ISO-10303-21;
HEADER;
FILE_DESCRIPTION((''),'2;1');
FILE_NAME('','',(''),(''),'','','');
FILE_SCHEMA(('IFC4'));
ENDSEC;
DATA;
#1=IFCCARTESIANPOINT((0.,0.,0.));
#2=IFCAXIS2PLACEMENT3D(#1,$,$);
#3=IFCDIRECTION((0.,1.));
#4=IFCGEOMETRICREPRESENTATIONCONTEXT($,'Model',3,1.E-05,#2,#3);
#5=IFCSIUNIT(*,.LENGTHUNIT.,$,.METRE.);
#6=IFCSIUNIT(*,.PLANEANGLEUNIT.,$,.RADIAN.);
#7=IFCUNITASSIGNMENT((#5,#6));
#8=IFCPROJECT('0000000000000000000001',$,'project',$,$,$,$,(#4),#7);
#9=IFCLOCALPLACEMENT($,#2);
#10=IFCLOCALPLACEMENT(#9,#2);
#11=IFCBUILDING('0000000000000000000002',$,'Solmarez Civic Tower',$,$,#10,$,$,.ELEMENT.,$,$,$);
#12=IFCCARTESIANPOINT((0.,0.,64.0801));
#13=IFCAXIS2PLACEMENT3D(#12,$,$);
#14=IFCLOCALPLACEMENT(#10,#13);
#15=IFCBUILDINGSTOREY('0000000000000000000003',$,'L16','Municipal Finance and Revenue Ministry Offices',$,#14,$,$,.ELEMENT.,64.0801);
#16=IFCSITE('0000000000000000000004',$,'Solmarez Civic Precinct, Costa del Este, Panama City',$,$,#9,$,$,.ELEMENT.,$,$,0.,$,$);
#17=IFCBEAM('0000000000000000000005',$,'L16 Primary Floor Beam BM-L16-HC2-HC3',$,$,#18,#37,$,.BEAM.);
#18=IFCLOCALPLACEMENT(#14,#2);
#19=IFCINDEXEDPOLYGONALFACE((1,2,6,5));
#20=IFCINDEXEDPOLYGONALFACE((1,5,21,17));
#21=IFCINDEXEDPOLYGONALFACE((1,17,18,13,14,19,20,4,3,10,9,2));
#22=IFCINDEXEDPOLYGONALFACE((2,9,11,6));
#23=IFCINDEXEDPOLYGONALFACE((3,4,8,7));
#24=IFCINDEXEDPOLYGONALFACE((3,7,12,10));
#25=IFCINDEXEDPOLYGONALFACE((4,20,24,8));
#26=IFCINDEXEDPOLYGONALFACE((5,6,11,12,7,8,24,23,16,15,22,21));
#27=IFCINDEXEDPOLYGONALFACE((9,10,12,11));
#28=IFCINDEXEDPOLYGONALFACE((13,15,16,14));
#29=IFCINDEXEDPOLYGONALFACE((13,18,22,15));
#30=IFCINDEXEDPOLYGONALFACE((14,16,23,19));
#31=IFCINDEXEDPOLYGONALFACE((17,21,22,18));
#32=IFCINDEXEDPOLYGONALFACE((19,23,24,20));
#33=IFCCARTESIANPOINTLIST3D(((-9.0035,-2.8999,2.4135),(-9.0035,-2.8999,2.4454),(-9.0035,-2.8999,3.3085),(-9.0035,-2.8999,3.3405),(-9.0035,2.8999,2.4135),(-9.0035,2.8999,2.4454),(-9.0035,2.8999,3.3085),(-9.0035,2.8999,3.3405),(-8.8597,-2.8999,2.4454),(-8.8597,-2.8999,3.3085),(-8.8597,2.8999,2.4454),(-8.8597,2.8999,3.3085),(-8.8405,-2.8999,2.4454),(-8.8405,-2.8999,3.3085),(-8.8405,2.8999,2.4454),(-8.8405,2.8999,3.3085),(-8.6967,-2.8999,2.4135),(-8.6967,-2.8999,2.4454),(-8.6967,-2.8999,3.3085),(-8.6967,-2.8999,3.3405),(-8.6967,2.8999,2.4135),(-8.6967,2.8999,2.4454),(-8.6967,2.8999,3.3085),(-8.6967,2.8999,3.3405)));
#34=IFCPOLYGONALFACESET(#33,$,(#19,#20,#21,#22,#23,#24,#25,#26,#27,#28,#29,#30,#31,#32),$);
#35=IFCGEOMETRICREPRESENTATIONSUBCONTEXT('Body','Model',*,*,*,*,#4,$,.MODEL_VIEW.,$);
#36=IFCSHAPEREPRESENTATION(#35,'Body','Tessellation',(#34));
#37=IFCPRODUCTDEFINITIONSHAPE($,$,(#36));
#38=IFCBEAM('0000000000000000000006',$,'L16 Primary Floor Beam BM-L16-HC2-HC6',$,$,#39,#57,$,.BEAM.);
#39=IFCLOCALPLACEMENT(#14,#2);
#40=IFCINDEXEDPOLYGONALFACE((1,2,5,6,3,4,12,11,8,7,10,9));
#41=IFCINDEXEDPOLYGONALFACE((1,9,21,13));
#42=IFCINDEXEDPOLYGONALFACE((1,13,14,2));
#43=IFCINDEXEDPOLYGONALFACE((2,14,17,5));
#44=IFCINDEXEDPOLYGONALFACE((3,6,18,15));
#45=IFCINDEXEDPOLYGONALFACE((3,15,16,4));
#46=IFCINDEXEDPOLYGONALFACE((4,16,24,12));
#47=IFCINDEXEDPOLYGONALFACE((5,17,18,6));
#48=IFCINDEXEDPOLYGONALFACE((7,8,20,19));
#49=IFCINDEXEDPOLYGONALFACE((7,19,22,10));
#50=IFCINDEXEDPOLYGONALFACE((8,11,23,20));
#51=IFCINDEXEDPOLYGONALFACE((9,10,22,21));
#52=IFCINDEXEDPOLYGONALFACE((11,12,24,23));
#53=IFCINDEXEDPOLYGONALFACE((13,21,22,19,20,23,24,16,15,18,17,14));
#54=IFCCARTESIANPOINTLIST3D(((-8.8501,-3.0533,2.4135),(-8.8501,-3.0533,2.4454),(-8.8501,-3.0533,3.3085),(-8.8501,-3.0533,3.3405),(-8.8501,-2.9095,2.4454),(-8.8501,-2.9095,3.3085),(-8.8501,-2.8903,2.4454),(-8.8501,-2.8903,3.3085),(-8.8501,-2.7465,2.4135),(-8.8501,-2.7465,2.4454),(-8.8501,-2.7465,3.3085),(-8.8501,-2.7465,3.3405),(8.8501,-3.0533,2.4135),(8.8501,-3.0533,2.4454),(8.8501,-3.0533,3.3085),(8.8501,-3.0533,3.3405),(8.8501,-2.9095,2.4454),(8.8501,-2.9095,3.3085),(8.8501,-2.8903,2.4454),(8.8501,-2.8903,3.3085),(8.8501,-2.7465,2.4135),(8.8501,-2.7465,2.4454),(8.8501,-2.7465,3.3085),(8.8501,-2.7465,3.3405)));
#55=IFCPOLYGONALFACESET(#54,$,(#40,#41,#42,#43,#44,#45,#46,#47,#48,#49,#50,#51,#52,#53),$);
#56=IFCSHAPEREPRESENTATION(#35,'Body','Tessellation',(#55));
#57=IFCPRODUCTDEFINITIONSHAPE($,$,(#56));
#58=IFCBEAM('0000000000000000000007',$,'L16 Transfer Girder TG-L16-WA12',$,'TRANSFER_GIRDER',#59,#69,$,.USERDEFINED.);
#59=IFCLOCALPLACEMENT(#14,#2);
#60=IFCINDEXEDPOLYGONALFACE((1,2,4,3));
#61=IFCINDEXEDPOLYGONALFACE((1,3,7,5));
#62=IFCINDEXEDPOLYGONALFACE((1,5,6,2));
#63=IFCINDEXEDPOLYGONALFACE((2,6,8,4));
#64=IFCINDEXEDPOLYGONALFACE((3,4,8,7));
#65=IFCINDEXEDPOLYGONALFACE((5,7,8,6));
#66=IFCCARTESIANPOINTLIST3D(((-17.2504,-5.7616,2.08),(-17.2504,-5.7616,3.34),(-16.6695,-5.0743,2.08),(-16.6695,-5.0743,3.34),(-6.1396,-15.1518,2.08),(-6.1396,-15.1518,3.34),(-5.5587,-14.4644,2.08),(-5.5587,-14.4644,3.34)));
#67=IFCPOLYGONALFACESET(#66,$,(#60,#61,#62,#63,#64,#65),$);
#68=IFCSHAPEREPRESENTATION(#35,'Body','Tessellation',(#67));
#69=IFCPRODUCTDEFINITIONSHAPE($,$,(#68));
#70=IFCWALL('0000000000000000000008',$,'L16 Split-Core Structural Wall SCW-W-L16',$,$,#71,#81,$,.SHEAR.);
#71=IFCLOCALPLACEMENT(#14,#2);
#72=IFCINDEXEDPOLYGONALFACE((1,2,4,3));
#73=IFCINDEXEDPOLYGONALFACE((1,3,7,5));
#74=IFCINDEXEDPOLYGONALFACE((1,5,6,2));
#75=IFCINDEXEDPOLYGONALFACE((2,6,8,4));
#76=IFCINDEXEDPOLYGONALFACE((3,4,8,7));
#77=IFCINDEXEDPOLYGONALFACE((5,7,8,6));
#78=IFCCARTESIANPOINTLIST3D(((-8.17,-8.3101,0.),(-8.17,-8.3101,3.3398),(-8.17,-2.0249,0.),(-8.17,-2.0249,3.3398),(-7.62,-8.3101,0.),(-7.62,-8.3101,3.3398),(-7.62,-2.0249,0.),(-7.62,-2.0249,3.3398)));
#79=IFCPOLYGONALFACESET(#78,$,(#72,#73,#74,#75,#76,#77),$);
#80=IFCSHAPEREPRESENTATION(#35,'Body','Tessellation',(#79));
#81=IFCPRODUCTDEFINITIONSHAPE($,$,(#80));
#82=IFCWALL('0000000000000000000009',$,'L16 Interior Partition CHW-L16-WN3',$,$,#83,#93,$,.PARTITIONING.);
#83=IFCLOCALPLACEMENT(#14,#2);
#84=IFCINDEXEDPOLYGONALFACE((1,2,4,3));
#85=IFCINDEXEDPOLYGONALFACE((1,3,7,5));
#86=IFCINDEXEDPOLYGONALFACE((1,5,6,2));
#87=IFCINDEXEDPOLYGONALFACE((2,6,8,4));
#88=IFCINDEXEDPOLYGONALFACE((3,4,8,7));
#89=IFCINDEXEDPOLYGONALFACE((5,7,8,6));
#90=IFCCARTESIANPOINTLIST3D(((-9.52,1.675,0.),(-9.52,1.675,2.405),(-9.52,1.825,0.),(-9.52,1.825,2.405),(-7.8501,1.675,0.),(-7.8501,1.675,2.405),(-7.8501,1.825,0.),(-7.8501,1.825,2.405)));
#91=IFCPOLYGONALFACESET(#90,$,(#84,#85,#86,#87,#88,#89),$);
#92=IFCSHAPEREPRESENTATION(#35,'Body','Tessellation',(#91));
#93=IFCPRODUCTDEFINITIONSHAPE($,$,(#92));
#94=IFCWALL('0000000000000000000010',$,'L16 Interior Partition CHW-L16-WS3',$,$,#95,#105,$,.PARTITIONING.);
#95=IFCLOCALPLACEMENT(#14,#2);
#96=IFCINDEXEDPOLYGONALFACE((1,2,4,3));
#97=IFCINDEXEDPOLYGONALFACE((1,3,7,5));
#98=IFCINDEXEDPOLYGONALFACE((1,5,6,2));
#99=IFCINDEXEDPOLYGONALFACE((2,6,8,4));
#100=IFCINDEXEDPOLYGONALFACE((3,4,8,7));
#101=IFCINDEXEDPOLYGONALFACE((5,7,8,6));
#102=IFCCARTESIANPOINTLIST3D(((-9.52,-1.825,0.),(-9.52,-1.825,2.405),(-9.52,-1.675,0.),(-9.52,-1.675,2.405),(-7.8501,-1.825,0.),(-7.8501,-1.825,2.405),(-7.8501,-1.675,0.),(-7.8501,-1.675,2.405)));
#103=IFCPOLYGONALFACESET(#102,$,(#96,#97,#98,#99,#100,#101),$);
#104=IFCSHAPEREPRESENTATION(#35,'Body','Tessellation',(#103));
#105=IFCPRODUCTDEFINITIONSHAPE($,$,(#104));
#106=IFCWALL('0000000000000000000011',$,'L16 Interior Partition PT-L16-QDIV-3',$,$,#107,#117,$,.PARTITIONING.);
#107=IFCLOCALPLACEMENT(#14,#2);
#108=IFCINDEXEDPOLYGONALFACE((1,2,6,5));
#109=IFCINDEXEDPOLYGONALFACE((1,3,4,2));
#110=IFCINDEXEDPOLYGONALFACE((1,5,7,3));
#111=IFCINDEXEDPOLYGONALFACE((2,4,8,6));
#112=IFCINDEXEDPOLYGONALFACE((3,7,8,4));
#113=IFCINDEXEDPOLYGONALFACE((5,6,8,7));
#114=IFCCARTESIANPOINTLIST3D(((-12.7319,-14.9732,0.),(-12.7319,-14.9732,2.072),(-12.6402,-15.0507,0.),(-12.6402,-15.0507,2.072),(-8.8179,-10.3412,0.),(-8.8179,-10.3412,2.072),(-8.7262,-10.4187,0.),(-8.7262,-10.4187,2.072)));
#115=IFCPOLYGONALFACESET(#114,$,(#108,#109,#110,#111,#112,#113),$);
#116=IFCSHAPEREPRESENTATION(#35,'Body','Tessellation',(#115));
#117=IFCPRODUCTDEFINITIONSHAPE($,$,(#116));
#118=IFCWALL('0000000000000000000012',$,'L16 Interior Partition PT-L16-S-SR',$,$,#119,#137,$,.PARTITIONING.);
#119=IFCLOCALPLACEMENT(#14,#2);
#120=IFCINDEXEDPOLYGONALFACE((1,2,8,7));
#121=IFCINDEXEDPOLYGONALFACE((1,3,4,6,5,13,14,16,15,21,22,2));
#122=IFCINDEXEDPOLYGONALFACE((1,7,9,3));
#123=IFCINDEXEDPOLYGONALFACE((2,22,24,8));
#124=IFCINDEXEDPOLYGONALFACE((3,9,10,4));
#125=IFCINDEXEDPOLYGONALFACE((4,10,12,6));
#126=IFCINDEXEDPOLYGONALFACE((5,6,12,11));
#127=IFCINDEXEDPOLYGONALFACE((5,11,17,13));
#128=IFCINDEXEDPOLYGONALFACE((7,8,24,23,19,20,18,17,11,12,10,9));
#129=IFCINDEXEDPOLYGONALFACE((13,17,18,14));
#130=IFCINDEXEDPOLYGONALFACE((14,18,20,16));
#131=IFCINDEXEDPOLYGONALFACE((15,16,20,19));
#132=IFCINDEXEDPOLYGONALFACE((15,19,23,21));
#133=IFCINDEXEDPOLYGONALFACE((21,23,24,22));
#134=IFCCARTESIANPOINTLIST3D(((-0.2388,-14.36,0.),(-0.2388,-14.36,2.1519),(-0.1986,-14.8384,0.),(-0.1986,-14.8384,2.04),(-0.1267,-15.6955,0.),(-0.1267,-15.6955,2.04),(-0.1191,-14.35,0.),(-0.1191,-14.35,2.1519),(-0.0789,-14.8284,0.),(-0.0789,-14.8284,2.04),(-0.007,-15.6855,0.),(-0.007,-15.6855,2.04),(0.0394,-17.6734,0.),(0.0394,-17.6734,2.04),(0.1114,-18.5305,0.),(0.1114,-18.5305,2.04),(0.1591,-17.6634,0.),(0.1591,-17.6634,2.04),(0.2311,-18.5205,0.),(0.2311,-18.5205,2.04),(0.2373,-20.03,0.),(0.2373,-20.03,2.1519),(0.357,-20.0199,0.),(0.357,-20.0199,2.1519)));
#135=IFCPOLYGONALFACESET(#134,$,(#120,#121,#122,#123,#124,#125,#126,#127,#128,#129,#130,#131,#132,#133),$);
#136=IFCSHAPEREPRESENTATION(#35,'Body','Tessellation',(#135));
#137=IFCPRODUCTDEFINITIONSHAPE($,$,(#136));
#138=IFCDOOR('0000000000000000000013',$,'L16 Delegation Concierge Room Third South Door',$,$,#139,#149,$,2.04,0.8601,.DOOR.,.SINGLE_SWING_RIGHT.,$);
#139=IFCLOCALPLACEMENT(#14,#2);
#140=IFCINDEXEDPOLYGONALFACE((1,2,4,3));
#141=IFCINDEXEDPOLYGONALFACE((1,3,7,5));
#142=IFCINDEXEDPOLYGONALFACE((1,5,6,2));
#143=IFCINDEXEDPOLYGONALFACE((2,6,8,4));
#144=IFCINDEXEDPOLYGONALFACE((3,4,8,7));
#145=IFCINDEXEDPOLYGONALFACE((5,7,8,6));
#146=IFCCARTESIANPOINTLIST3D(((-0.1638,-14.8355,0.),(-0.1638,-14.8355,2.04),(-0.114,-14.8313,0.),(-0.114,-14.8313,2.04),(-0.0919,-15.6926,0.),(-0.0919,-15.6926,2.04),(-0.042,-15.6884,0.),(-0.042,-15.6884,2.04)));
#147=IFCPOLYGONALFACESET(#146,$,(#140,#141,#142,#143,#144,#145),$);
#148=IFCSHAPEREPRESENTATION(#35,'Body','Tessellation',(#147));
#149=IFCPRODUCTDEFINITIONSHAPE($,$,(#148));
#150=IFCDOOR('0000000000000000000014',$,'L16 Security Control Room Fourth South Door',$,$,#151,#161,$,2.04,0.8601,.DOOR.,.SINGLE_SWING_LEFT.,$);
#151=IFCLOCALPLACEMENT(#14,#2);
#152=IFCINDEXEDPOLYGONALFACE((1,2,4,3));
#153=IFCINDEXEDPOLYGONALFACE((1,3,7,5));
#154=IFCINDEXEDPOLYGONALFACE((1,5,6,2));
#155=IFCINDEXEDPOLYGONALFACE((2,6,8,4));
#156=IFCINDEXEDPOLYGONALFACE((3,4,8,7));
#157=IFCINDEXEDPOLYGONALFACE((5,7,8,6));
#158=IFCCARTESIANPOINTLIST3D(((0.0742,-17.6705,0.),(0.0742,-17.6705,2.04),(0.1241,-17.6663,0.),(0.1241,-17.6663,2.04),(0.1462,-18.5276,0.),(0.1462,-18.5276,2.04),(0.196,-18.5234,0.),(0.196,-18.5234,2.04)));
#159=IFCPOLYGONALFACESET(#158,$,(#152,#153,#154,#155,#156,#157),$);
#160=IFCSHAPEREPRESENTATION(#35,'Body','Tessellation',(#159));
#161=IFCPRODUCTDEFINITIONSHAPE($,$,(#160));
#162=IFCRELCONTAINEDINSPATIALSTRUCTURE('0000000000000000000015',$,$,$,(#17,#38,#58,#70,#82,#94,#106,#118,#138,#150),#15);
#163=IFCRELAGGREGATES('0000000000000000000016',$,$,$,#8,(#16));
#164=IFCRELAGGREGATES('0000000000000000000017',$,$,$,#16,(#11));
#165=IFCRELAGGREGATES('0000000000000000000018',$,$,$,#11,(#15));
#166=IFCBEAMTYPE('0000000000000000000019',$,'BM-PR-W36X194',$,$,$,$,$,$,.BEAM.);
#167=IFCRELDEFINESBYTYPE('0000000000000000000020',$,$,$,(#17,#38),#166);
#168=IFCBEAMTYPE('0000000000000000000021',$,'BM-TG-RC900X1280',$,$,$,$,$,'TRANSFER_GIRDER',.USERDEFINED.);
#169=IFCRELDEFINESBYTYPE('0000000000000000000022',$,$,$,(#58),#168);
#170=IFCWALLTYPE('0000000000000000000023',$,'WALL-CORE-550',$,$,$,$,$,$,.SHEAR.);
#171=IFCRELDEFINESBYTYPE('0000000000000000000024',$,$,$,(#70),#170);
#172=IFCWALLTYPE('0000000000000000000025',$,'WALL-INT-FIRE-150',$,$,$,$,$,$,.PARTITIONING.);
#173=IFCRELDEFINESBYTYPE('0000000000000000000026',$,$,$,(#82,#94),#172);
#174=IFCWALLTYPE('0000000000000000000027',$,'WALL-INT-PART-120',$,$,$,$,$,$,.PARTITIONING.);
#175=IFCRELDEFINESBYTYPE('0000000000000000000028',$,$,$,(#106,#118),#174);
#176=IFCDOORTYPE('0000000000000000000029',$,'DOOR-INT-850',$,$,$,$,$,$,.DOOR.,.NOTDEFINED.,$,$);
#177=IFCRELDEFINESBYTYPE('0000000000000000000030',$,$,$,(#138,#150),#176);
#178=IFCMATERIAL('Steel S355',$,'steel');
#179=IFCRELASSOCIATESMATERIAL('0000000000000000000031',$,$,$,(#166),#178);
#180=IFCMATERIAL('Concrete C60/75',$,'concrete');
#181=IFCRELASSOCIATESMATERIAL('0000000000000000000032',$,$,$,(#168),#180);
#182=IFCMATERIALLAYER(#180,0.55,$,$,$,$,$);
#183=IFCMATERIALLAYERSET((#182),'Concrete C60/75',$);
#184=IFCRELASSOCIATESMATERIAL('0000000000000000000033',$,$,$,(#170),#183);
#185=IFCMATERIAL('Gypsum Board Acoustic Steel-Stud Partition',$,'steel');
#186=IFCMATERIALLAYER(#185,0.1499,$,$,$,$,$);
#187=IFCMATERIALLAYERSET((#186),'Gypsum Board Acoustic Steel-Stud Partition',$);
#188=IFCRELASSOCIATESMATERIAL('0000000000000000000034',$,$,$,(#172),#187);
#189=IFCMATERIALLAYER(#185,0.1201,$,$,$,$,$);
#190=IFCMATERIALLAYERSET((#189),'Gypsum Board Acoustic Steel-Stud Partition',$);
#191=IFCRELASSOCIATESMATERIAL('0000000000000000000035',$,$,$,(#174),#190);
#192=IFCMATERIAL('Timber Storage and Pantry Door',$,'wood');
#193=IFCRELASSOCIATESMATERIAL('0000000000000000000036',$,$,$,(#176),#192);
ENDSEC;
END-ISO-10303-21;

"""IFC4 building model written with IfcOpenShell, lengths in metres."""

from ifc_helpers import new_model, si_unit, direction, frame, frame_2d, origin, origin_2d, place, context, subcontext, project, spatial, rectangle, i_section, extrude, material, layer, layer_set, material_profile, profile_set, type_object, element, fill, save


model = new_model("IFC4")

# Units and contexts
model_context = context("Model", 3, precision=1e-05, world=origin(), true_north=direction((0.0, 1.0)))
body_context = subcontext(model_context, "Body", "Model", "MODEL_VIEW")
ifc_project = project(units=[si_unit("LENGTHUNIT", "METRE"), si_unit("PLANEANGLEUNIT", "RADIAN")], contexts=[model_context])

# Site, building, storey
site_placement = place(None, origin())
site = spatial("IfcSite", under=ifc_project, at=site_placement, Name="Solmarez Civic Precinct, Costa del Este, Panama City", CompositionType="ELEMENT", RefElevation=0.0)
building_placement = place(site_placement, origin())
building = spatial("IfcBuilding", under=site, at=building_placement, Name="Solmarez Civic Tower", CompositionType="ELEMENT")
storey_placement = place(building_placement, frame((0.0, 0.0, 64.0801)))
storey = spatial("IfcBuildingStorey", under=building, at=storey_placement, Name="L16", Description="Municipal Finance and Revenue Ministry Offices", CompositionType="ELEMENT", Elevation=64.0801)

# Beams
ifc_material_1 = material(Name="Steel S355", Category="steel")
ifc_material_profile_1 = material_profile(ifc_material_1, i_section(OverallWidth=0.3069, OverallDepth=0.927, WebThickness=0.0193, FlangeThickness=0.032, at=origin_2d()), Name="W36X194")
ifc_profile_set_1 = profile_set([ifc_material_profile_1], Name="Steel S355")
beam_type_1 = type_object("IfcBeamType", Name="BM-PR-W36X194", PredefinedType="BEAM", material=ifc_profile_set_1)
beam_1_placement = place(storey_placement, frame((-8.8501, -2.8999, 2.877), z_axis=(0.0, 1.0, 0.0), x_axis=(-1.0, 0.0, 0.0)))
element("IfcBeam", 1, at=beam_1_placement, inside=storey, type_object=beam_type_1, Name="L16 Primary Floor Beam BM-L16-HC2-HC3", PredefinedType="BEAM", context=body_context, shape_type="SweptSolid", body=[
    extrude(i_section(OverallWidth=0.3069, OverallDepth=0.927, WebThickness=0.0193, FlangeThickness=0.032, at=origin_2d()), origin(), (0.0, 0.0, 1.0), 5.7998),
])
beam_2_placement = place(storey_placement, frame((-8.8501, -2.8999, 2.877), z_axis=(1.0, 0.0, 0.0), x_axis=(0.0, 1.0, 0.0)))
element("IfcBeam", 2, at=beam_2_placement, inside=storey, type_object=beam_type_1, Name="L16 Primary Floor Beam BM-L16-HC2-HC6", PredefinedType="BEAM", context=body_context, shape_type="SweptSolid", body=[
    extrude(i_section(OverallWidth=0.3069, OverallDepth=0.927, WebThickness=0.0193, FlangeThickness=0.032, at=origin_2d()), origin(), (0.0, 0.0, 1.0), 17.7002),
])
ifc_material_2 = material(Name="Concrete C60/75", Category="concrete")
ifc_material_profile_2 = material_profile(ifc_material_2, rectangle(XDim=0.8999, YDim=1.26, at=origin_2d()), Name="RC900X1280")
ifc_profile_set_2 = profile_set([ifc_material_profile_2], Name="Concrete C60/75")
beam_type_2 = type_object("IfcBeamType", Name="BM-TG-RC900X1280", ElementType="TRANSFER_GIRDER", PredefinedType="USERDEFINED", material=ifc_profile_set_2)
beam_3_placement = place(storey_placement, frame((-5.8491, -14.8081, 2.71), z_axis=(-0.763771, 0.645488, 0.0), x_axis=(-0.645488, -0.763771, 0.0)))
element("IfcBeam", 3, at=beam_3_placement, inside=storey, type_object=beam_type_2, Name="L16 Transfer Girder TG-L16-WA12", ObjectType="TRANSFER_GIRDER", PredefinedType="USERDEFINED", context=body_context, shape_type="SweptSolid", body=[
    extrude(rectangle(XDim=0.8999, YDim=1.26, at=origin_2d()), origin(), (0.0, 0.0, 1.0), 14.5474),
])

# Shared definitions
ifc_layer_1 = layer(ifc_material_2, 0.55)
ifc_layer_set_1 = layer_set([ifc_layer_1], Name="Concrete C60/75")
wall_type_1 = type_object("IfcWallType", Name="WALL-CORE-550", PredefinedType="SHEAR", material=ifc_layer_set_1)

# Walls
wall_1_placement = place(storey_placement, frame((-7.895, -8.3101, 0.0), z_axis=(0.0, 0.0, 1.0), x_axis=(0.0, 1.0, 0.0)))
element("IfcWall", 4, at=wall_1_placement, inside=storey, type_object=wall_type_1, Name="L16 Split-Core Structural Wall SCW-W-L16", PredefinedType="SHEAR", context=body_context, shape_type="SweptSolid", body=[
    extrude(rectangle(XDim=6.2852, YDim=0.55, at=frame_2d((3.1426, 0.0))), origin(), (0.0, 0.0, 1.0), 3.3398),
])
ifc_material_3 = material(Name="Gypsum Board Acoustic Steel-Stud Partition", Category="steel")
ifc_layer_2 = layer(ifc_material_3, 0.1499)
ifc_layer_set_2 = layer_set([ifc_layer_2], Name="Gypsum Board Acoustic Steel-Stud Partition")
wall_type_2 = type_object("IfcWallType", Name="WALL-INT-FIRE-150", PredefinedType="PARTITIONING", material=ifc_layer_set_2)
for number, where, z_axis, x_axis, name in (
    (5, (-7.8501, 1.75, 0.0), (0.0, 0.0, 1.0), (-1.0, 0.0, 0.0), "L16 Interior Partition CHW-L16-WN3"),
    (6, (-7.8501, -1.75, 0.0), (0.0, 0.0, 1.0), (-1.0, 0.0, 0.0), "L16 Interior Partition CHW-L16-WS3"),
):
    element("IfcWall", number, at=place(storey_placement, frame(where, z_axis=z_axis, x_axis=x_axis)), inside=storey, type_object=wall_type_2, Name=name, PredefinedType="PARTITIONING", context=body_context, shape_type="SweptSolid", body=[
        extrude(rectangle(XDim=1.6699, YDim=0.1499, at=frame_2d((0.835, 0.0))), origin(), (0.0, 0.0, 1.0), 2.405),
    ])
ifc_layer_3 = layer(ifc_material_3, 0.1201)
ifc_layer_set_3 = layer_set([ifc_layer_3], Name="Gypsum Board Acoustic Steel-Stud Partition")
wall_type_3 = type_object("IfcWallType", Name="WALL-INT-PART-120", PredefinedType="PARTITIONING", material=ifc_layer_set_3)
wall_2_placement = place(storey_placement, frame((-8.772, -10.3799, 0.0), z_axis=(0.0, 0.0, 1.0), x_axis=(-0.645424, -0.763824, 0.0)))
element("IfcWall", 7, at=wall_2_placement, inside=storey, type_object=wall_type_3, Name="L16 Interior Partition PT-L16-QDIV-3", PredefinedType="PARTITIONING", context=body_context, shape_type="SweptSolid", body=[
    extrude(rectangle(XDim=6.0642, YDim=0.1201, at=frame_2d((3.0322, 0.0))), origin(), (0.0, 0.0, 1.0), 2.072),
])

# Wall, openings, doors
wall_3_placement = place(storey_placement, frame((-0.179, -14.355, 0.0), z_axis=(0.0, 0.0, 1.0), x_axis=(0.08367, -0.996493, 0.0)))
wall_3 = element("IfcWall", 8, at=wall_3_placement, inside=storey, type_object=wall_type_3, Name="L16 Interior Partition PT-L16-S-SR", PredefinedType="PARTITIONING", context=body_context, shape_type="SweptSolid", body=[
    extrude(rectangle(XDim=5.6899, YDim=0.1201, at=frame_2d((2.845, 0.0))), origin(), (0.0, 0.0, 1.0), 2.1519),
])
opening_1_placement = place(wall_3_placement, frame((0.48, 0.0, 0.0)))
opening_1 = element("IfcOpeningElement", 9, at=opening_1_placement, cuts=wall_3, PredefinedType="OPENING", context=body_context, shape_type="SweptSolid", body=[
    extrude(rectangle(XDim=0.8601, YDim=2.04, at=frame_2d((0.4302, 1.02))), frame((0.0, 0.0701, 0.0), z_axis=(0.0, -1.0, 0.0), x_axis=(1.0, 0.0, 0.0)), (0.0, 0.0, 1.0), 0.1401),
])
opening_2_placement = place(wall_3_placement, frame((3.325, 0.0, 0.0)))
opening_2 = element("IfcOpeningElement", 10, at=opening_2_placement, cuts=wall_3, PredefinedType="OPENING", context=body_context, shape_type="SweptSolid", body=[
    extrude(rectangle(XDim=0.8601, YDim=2.04, at=frame_2d((0.4302, 1.02))), frame((0.0, 0.0701, 0.0), z_axis=(0.0, -1.0, 0.0), x_axis=(1.0, 0.0, 0.0)), (0.0, 0.0, 1.0), 0.1401),
])
ifc_material_4 = material(Name="Timber Storage and Pantry Door", Category="wood")
door_type_1 = type_object("IfcDoorType", Name="DOOR-INT-850", OperationType="NOTDEFINED", PredefinedType="DOOR", material=ifc_material_4)
door_1_placement = place(opening_1_placement, origin())
door_1 = element("IfcDoor", 11, at=door_1_placement, inside=storey, type_object=door_type_1, Name="L16 Delegation Concierge Room Third South Door", OperationType="SINGLE_SWING_RIGHT", OverallHeight=2.04, OverallWidth=0.8601, PredefinedType="DOOR", context=body_context, shape_type="SweptSolid", body=[
    extrude(rectangle(XDim=0.8601, YDim=2.04, at=frame_2d((0.4302, 1.02))), frame((0.0, 0.0249, 0.0), z_axis=(0.0, -1.0, 0.0), x_axis=(1.0, 0.0, 0.0)), (0.0, 0.0, 1.0), 0.05),
])
fill(opening_1, door_1)
door_2_placement = place(opening_2_placement, origin())
door_2 = element("IfcDoor", 12, at=door_2_placement, inside=storey, type_object=door_type_1, Name="L16 Security Control Room Fourth South Door", OperationType="SINGLE_SWING_LEFT", OverallHeight=2.04, OverallWidth=0.8601, PredefinedType="DOOR", context=body_context, shape_type="SweptSolid", body=[
    extrude(rectangle(XDim=0.8601, YDim=2.04, at=frame_2d((0.4302, 1.02))), frame((0.0, 0.0249, 0.0), z_axis=(0.0, -1.0, 0.0), x_axis=(1.0, 0.0, 0.0)), (0.0, 0.0, 1.0), 0.05),
])
fill(opening_2, door_2)

save(model, "model.ifc")
